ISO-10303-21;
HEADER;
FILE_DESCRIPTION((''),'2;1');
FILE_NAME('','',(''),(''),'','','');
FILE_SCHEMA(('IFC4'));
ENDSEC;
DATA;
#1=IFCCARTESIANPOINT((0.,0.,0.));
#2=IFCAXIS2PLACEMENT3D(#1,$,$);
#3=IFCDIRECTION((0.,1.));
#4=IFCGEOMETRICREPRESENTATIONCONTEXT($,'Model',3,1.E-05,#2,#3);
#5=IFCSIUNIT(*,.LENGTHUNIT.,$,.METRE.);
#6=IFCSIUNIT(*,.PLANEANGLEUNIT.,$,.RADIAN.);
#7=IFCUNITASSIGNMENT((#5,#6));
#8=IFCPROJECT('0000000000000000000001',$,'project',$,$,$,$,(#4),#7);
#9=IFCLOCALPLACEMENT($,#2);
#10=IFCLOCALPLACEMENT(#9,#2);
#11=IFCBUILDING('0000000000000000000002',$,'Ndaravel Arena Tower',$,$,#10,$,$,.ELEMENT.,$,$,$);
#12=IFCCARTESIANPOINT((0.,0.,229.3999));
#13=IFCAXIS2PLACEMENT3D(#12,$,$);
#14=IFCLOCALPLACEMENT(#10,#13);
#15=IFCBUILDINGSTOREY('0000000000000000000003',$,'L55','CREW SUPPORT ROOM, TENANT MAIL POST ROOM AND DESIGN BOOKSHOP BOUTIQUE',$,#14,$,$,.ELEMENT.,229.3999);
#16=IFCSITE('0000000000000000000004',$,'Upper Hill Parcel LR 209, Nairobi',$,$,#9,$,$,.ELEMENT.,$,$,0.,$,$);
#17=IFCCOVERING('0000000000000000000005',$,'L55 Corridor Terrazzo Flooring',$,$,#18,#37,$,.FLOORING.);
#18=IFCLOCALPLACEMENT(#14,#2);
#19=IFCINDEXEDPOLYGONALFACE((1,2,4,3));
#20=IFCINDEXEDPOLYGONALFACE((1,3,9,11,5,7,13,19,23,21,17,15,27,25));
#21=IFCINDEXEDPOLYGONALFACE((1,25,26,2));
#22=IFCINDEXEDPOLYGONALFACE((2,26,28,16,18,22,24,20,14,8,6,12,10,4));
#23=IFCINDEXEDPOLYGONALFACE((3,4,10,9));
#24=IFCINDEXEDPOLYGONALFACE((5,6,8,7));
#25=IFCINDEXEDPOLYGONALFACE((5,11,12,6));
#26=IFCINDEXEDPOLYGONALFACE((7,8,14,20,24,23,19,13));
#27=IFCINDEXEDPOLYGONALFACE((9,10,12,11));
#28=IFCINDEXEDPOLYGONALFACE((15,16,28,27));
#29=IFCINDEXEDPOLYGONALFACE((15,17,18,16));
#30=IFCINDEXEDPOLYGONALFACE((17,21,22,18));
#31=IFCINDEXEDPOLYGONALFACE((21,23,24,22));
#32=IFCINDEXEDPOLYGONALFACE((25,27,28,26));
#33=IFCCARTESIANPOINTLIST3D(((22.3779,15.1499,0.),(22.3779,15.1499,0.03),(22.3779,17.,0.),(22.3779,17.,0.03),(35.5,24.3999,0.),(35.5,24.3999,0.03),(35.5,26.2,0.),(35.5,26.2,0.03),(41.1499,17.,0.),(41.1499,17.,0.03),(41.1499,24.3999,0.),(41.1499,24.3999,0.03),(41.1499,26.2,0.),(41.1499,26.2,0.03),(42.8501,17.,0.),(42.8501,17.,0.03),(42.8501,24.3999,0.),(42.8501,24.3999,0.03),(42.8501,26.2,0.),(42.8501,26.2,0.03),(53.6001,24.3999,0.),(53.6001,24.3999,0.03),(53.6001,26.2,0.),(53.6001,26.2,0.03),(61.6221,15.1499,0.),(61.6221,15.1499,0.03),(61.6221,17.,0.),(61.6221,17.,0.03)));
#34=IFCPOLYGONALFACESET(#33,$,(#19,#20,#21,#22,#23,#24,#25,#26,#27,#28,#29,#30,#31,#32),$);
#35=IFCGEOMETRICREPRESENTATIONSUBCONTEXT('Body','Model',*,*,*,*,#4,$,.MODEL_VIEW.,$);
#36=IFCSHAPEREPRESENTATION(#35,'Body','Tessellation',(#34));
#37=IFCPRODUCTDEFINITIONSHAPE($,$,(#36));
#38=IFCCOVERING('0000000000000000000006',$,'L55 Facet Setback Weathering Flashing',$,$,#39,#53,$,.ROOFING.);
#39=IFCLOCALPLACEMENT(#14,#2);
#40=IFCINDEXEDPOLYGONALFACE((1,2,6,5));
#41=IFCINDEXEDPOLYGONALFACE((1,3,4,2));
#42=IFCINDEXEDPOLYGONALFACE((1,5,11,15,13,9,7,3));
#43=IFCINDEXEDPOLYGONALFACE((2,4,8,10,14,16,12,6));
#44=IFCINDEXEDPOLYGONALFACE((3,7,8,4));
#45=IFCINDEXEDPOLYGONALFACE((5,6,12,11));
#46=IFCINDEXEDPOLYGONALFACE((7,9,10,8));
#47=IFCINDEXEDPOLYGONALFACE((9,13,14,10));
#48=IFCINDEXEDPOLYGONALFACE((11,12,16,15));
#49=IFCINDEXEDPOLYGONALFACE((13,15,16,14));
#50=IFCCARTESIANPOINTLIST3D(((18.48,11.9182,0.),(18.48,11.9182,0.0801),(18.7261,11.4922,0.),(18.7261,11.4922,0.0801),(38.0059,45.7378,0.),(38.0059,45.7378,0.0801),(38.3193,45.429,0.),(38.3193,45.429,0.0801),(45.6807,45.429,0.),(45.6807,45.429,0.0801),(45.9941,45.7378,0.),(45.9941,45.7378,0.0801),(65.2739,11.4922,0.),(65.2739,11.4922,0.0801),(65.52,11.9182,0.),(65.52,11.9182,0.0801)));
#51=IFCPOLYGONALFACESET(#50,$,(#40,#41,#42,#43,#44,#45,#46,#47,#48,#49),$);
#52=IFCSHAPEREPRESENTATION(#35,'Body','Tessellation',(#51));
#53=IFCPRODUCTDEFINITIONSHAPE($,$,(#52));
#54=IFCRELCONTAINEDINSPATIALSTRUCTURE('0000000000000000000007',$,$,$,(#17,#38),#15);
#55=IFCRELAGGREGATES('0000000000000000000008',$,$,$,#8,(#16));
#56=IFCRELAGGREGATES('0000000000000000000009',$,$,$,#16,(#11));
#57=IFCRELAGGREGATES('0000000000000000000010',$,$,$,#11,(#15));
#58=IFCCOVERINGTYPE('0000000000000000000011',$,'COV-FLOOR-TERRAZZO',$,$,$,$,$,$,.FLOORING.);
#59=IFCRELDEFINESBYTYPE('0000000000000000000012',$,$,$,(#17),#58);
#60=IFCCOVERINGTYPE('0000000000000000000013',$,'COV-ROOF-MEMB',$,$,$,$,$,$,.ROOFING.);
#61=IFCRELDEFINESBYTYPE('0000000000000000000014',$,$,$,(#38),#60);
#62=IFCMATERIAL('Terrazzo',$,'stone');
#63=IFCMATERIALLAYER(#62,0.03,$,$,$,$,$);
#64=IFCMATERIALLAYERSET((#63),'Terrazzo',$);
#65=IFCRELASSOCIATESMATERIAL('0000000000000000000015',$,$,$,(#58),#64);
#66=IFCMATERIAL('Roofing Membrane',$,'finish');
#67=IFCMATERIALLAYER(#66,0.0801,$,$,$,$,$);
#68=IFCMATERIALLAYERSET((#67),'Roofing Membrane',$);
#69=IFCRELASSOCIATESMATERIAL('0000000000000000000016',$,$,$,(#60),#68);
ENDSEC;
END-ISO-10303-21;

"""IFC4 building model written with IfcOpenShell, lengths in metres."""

from ifc_helpers import new_model, si_unit, direction, frame, origin, place, context, subcontext, project, spatial, polyline, outline, extrude, material, layer, layer_set, type_object, element, save


model = new_model("IFC4")

# Units and contexts
model_context = context("Model", 3, precision=1e-05, world=origin(), true_north=direction((0.0, 1.0)))
body_context = subcontext(model_context, "Body", "Model", "MODEL_VIEW")
ifc_project = project(units=[si_unit("LENGTHUNIT", "METRE"), si_unit("PLANEANGLEUNIT", "RADIAN")], contexts=[model_context])

# Site, building, storey
site_placement = place(None, origin())
site = spatial("IfcSite", under=ifc_project, at=site_placement, Name="Upper Hill Parcel LR 209, Nairobi", CompositionType="ELEMENT", RefElevation=0.0)
building_placement = place(site_placement, origin())
building = spatial("IfcBuilding", under=site, at=building_placement, Name="Ndaravel Arena Tower", CompositionType="ELEMENT")
storey_placement = place(building_placement, frame((0.0, 0.0, 229.3999)))
storey = spatial("IfcBuildingStorey", under=building, at=storey_placement, Name="L55", Description="CREW SUPPORT ROOM, TENANT MAIL POST ROOM AND DESIGN BOOKSHOP BOUTIQUE", CompositionType="ELEMENT", Elevation=229.3999)

# Coverings
ifc_material_1 = material(Name="Terrazzo", Category="stone")
ifc_layer_1 = layer(ifc_material_1, 0.03)
ifc_layer_set_1 = layer_set([ifc_layer_1], Name="Terrazzo")
covering_type_1 = type_object("IfcCoveringType", Name="COV-FLOOR-TERRAZZO", PredefinedType="FLOORING", material=ifc_layer_set_1)
covering_1_placement = place(storey_placement, origin())
element("IfcCovering", 1, at=covering_1_placement, inside=storey, type_object=covering_type_1, Name="L55 Corridor Terrazzo Flooring", PredefinedType="FLOORING", context=body_context, shape_type="SweptSolid", body=[
    extrude(outline(polyline([(61.6221, 17.0), (42.8501, 17.0), (42.8501, 24.3999), (53.6001, 24.3999), (53.6001, 26.2), (42.8501, 26.2), (41.1499, 26.2), (35.5, 26.2), (35.5, 24.3999), (41.1499, 24.3999), (41.1499, 17.0), (22.3779, 17.0), (22.3779, 15.1499), (61.6221, 15.1499), (61.6221, 17.0)])), origin(), (0.0, 0.0, 1.0), 0.03),
])
ifc_material_2 = material(Name="Roofing Membrane", Category="finish")
ifc_layer_2 = layer(ifc_material_2, 0.0801)
ifc_layer_set_2 = layer_set([ifc_layer_2], Name="Roofing Membrane")
covering_type_2 = type_object("IfcCoveringType", Name="COV-ROOF-MEMB", PredefinedType="ROOFING", material=ifc_layer_set_2)
covering_2_placement = place(storey_placement, origin())
element("IfcCovering", 2, at=covering_2_placement, inside=storey, type_object=covering_type_2, Name="L55 Facet Setback Weathering Flashing", PredefinedType="ROOFING", context=body_context, shape_type="SweptSolid", body=[
    extrude(outline(polyline([(18.48, 11.9182), (38.0059, 45.7378), (45.9941, 45.7378), (65.52, 11.9182), (65.2739, 11.4922), (45.6807, 45.429), (38.3193, 45.429), (18.7261, 11.4922), (18.48, 11.9182)])), origin(), (0.0, 0.0, 1.0), 0.0801),
])

save(model, "model.ifc")
